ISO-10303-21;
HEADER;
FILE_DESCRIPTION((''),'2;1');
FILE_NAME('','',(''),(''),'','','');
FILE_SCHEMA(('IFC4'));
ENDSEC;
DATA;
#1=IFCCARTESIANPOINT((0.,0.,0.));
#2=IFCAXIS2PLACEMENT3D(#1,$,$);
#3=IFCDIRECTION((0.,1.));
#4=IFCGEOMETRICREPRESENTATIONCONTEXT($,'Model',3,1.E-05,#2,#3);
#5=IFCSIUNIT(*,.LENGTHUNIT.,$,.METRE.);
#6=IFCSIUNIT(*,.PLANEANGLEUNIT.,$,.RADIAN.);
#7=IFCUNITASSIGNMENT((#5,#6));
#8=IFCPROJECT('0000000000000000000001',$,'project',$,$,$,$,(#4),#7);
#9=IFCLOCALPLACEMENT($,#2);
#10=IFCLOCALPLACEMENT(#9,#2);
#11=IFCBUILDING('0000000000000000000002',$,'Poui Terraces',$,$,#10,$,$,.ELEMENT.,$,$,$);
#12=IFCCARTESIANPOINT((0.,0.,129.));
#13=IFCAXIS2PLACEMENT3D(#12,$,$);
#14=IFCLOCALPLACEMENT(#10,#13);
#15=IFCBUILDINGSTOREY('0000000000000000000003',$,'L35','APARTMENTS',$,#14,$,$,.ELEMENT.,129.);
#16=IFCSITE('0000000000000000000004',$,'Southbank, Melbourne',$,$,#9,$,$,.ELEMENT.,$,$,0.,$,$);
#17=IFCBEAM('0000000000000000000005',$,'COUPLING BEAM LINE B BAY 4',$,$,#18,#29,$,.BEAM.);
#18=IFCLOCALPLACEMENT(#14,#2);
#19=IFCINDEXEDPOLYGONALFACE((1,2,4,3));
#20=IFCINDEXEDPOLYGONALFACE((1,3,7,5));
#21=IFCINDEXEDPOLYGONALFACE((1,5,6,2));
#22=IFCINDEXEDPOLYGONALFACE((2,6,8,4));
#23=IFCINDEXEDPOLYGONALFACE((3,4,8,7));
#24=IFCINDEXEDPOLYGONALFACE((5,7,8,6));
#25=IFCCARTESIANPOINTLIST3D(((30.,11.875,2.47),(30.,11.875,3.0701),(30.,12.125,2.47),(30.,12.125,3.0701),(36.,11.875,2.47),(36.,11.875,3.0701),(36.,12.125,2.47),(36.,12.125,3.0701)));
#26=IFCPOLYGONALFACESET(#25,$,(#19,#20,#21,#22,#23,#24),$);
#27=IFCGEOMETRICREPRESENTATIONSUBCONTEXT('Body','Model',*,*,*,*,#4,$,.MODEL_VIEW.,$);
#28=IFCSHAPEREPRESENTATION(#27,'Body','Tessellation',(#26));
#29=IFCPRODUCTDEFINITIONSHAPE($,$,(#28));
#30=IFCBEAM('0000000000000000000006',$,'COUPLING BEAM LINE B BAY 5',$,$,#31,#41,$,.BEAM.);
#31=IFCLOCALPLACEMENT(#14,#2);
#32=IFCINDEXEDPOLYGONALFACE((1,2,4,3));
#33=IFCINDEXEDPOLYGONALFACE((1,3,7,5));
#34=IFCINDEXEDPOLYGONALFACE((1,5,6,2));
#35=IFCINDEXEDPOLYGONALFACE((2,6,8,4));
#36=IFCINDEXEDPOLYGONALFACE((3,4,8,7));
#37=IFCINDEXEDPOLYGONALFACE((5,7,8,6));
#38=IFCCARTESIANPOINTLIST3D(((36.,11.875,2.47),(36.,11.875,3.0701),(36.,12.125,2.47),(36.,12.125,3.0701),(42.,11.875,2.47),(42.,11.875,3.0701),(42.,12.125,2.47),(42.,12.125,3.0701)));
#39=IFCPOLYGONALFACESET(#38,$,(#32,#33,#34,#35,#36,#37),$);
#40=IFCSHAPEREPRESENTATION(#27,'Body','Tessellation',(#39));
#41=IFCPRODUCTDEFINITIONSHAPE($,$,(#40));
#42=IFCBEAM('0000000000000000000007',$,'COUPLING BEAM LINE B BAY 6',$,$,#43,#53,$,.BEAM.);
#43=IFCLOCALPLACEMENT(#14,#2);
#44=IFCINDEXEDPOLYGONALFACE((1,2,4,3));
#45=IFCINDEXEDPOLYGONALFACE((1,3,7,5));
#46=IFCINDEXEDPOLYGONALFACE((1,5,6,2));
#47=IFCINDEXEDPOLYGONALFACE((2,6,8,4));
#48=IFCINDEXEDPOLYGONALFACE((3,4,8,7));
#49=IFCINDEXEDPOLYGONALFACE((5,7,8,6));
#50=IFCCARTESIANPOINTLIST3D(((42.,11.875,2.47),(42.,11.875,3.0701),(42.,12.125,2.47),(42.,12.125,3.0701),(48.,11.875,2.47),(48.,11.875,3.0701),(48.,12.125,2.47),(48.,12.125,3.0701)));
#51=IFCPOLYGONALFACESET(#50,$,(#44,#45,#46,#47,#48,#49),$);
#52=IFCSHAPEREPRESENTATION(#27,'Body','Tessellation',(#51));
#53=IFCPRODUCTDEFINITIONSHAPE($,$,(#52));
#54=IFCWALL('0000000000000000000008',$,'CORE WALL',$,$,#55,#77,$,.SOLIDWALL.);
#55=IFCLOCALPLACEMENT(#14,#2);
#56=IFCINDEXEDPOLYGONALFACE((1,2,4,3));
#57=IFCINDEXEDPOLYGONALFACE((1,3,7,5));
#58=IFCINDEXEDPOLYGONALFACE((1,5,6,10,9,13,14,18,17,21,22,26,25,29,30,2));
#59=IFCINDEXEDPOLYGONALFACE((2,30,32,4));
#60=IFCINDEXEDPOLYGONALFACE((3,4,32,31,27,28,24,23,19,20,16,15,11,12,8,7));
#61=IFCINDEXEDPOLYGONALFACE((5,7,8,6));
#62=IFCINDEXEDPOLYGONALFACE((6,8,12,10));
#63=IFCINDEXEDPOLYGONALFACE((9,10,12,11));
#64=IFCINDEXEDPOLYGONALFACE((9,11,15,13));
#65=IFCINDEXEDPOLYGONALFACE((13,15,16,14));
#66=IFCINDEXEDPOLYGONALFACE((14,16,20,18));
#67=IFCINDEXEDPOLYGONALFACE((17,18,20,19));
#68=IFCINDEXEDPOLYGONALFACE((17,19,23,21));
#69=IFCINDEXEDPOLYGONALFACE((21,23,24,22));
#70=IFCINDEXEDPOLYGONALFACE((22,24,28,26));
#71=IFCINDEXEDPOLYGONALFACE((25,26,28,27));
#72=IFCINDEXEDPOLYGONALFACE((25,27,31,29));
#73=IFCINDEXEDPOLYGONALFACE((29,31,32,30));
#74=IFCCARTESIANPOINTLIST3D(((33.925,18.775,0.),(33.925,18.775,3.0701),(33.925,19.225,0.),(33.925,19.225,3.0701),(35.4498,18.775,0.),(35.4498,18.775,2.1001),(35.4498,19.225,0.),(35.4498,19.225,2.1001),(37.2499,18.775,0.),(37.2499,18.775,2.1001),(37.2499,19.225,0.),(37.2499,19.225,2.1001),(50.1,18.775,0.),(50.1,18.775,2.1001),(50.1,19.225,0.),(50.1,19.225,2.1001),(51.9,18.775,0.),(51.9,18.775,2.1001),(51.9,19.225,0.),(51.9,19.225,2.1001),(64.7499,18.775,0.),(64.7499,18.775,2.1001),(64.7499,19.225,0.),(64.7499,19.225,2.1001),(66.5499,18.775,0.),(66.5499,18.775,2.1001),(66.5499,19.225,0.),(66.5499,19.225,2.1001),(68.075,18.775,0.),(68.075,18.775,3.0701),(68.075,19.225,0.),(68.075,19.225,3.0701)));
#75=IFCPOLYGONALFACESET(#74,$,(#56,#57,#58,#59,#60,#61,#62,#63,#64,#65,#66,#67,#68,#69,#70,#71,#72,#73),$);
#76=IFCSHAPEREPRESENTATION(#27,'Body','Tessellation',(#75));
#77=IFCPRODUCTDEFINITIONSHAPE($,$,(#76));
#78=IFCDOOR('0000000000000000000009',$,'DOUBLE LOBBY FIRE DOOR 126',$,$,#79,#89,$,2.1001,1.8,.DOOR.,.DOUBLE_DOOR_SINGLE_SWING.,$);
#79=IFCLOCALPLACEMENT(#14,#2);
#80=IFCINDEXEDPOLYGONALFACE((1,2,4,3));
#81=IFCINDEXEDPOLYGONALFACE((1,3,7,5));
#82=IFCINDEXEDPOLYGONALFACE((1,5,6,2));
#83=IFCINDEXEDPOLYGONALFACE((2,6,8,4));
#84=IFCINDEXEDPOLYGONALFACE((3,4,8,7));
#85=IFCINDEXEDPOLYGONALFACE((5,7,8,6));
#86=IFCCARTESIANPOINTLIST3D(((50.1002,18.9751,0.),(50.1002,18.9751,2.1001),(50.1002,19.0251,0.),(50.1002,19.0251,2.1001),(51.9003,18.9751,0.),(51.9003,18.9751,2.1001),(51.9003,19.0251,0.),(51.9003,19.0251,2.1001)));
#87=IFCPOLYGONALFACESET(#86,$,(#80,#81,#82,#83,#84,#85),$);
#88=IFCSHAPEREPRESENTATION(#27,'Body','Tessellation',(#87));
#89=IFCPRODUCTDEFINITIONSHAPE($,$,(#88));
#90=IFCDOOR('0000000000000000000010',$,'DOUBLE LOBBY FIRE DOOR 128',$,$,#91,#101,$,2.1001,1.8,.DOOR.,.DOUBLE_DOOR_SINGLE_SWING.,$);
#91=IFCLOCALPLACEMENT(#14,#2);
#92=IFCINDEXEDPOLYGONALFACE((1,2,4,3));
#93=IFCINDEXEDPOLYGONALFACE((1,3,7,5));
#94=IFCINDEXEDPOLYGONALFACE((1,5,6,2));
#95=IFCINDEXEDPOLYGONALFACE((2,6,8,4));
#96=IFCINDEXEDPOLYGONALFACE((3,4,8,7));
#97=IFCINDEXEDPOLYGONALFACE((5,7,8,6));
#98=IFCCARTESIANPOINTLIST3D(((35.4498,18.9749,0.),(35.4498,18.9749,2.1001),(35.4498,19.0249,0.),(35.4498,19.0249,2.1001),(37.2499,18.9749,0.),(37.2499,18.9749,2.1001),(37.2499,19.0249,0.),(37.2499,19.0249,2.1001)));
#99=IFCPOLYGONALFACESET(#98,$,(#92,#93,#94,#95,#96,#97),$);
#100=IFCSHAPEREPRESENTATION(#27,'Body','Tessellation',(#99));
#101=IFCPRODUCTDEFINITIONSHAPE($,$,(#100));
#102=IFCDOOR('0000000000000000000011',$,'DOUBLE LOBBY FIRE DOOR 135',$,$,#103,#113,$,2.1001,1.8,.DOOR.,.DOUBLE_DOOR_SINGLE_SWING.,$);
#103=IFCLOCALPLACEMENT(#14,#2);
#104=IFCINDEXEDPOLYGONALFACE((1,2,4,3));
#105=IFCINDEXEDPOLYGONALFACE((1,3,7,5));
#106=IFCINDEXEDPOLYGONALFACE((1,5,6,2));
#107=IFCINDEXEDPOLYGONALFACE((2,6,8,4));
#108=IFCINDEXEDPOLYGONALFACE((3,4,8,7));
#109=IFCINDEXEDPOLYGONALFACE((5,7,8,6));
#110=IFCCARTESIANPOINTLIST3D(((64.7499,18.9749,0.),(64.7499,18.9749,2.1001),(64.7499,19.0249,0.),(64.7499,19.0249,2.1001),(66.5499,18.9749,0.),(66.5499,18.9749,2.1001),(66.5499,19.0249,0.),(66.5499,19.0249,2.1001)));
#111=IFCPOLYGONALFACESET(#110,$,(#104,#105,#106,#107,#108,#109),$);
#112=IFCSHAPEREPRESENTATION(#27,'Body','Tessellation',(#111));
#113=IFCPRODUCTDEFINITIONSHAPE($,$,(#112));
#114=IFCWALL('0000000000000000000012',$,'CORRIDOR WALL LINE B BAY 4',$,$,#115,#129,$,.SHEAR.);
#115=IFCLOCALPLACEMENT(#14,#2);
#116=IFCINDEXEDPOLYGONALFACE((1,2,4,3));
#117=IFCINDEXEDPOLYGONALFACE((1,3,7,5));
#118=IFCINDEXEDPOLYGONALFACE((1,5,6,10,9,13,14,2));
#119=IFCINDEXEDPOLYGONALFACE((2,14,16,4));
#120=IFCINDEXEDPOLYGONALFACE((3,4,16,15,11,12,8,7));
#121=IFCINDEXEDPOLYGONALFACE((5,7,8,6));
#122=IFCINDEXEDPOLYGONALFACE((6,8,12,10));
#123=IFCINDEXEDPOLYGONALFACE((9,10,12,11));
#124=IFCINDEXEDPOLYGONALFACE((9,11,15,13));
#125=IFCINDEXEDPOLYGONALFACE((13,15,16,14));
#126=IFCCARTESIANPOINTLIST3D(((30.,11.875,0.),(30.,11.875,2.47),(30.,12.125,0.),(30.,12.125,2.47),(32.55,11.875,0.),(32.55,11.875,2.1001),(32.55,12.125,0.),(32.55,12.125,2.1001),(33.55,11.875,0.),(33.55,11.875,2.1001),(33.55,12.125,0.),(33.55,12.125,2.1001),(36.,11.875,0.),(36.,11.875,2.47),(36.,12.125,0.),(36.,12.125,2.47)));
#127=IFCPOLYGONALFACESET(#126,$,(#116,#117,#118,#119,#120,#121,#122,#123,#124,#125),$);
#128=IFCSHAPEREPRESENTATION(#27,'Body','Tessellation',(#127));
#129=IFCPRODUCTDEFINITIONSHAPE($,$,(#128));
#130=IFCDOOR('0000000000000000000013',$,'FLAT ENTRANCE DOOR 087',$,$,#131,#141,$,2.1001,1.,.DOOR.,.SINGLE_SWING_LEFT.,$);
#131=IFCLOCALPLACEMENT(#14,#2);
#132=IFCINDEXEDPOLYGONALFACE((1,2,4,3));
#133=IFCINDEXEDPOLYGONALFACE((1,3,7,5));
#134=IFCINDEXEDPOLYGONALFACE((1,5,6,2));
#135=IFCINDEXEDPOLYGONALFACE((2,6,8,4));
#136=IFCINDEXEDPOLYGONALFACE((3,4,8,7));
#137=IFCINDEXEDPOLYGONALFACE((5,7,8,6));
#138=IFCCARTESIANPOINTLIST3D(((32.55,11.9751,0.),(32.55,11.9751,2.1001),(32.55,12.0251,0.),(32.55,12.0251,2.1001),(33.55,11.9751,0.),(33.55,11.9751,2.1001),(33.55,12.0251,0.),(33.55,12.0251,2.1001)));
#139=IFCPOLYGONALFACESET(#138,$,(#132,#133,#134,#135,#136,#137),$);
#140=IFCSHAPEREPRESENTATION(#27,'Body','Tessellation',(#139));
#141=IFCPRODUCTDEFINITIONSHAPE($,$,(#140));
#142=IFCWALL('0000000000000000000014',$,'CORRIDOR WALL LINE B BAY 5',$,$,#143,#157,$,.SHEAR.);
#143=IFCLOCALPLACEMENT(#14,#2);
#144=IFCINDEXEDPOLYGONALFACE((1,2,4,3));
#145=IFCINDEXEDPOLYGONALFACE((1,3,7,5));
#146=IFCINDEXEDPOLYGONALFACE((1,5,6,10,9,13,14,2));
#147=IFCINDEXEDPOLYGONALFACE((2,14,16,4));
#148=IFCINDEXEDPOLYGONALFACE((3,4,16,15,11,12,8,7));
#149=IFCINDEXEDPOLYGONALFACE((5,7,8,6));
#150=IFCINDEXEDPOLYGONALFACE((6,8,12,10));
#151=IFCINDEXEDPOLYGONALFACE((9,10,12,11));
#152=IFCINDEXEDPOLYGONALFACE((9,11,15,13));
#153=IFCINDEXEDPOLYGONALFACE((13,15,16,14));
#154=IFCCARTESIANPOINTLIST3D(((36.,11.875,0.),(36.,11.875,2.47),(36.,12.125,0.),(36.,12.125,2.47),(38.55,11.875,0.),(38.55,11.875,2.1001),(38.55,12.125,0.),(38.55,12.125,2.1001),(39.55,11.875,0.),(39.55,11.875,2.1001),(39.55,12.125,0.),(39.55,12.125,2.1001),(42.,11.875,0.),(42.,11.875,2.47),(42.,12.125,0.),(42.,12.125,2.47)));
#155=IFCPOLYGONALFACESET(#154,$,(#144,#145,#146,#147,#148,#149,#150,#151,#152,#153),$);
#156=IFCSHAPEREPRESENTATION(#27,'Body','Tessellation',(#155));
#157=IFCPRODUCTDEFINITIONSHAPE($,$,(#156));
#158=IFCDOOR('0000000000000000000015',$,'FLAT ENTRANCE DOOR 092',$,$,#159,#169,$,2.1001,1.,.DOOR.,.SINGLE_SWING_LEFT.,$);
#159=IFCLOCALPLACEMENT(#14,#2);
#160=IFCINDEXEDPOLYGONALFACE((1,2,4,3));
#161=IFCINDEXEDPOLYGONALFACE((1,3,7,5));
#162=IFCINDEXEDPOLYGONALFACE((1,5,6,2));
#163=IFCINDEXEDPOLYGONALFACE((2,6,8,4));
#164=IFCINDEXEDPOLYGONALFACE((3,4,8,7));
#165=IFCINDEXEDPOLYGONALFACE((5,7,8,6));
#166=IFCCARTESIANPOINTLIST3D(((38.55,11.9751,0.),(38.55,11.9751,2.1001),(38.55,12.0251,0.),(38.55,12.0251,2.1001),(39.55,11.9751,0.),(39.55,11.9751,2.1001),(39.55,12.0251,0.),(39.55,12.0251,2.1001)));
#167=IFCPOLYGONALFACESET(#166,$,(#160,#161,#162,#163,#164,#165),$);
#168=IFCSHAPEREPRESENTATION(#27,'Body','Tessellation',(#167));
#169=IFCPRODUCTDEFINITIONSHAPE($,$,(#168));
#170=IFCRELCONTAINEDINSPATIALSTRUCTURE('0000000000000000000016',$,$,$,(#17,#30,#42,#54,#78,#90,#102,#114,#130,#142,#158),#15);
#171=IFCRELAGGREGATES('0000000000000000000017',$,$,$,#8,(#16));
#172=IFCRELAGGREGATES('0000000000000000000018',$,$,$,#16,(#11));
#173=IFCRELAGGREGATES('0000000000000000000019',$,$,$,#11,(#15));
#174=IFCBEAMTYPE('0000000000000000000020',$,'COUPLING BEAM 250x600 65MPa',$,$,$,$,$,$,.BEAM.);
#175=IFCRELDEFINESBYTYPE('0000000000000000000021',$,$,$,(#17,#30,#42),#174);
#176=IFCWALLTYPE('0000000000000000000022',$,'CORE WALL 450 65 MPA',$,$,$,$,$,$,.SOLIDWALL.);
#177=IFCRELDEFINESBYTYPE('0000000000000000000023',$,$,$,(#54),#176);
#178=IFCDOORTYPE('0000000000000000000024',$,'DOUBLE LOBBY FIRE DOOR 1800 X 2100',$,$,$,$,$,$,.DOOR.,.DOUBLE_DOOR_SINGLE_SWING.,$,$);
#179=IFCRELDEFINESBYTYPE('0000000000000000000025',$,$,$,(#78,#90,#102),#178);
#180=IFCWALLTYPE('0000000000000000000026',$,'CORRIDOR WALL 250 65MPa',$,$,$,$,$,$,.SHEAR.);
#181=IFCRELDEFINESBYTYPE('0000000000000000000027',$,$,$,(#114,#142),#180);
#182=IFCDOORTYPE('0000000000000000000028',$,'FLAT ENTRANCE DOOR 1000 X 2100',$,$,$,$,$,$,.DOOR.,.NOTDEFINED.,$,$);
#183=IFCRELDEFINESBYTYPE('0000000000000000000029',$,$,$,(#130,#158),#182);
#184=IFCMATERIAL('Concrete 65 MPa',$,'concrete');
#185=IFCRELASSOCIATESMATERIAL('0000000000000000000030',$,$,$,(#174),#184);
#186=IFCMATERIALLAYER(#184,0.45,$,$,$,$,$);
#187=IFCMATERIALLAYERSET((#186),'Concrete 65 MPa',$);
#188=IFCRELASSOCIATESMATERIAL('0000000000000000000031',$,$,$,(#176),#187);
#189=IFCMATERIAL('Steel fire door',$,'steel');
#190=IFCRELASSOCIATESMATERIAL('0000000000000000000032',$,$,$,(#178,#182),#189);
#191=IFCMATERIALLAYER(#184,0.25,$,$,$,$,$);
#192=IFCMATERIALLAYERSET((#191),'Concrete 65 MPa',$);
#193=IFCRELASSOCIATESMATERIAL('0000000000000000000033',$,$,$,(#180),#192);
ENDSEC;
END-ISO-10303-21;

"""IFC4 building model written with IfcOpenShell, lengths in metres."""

from ifc_helpers import new_model, si_unit, direction, frame, frame_2d, origin, origin_2d, place, context, subcontext, project, spatial, rectangle, extrude, source, transform, mapped, material, layer, layer_set, material_profile, profile_set, type_object, element, fill, save


model = new_model("IFC4")

# Units and contexts
model_context = context("Model", 3, precision=1e-05, world=origin(), true_north=direction((0.0, 1.0)))
body_context = subcontext(model_context, "Body", "Model", "MODEL_VIEW")
ifc_project = project(units=[si_unit("LENGTHUNIT", "METRE"), si_unit("PLANEANGLEUNIT", "RADIAN")], contexts=[model_context])

# Site, building, storey
site_placement = place(None, origin())
site = spatial("IfcSite", under=ifc_project, at=site_placement, Name="Southbank, Melbourne", CompositionType="ELEMENT", RefElevation=0.0)
building_placement = place(site_placement, origin())
building = spatial("IfcBuilding", under=site, at=building_placement, Name="Poui Terraces", CompositionType="ELEMENT")
storey_placement = place(building_placement, frame((0.0, 0.0, 129.0)))
storey = spatial("IfcBuildingStorey", under=building, at=storey_placement, Name="L35", Description="APARTMENTS", CompositionType="ELEMENT", Elevation=129.0)

# Beams
ifc_material_1 = material(Name="Concrete 65 MPa", Category="concrete")
ifc_material_profile = material_profile(ifc_material_1, rectangle(XDim=0.25, YDim=0.6001, at=origin_2d()), Name="RC 250x600")
ifc_profile_set = profile_set([ifc_material_profile], Name="Concrete 65 MPa")
beam_type = type_object("IfcBeamType", Name="COUPLING BEAM 250x600 65MPa", PredefinedType="BEAM", material=ifc_profile_set)
shared_shape = source(origin(), body_context, "Body", "SweptSolid", [
    extrude(rectangle(XDim=0.25, YDim=0.6001, at=origin_2d()), origin(), (0.0, 0.0, 1.0), 6.0),
])
for number, where, z_axis, x_axis, name in (
    (1, (30.0, 12.0, 2.77), (1.0, 0.0, 0.0), (0.0, 1.0, 0.0), "COUPLING BEAM LINE B BAY 4"),
    (2, (36.0, 12.0, 2.77), (1.0, 0.0, 0.0), (0.0, 1.0, 0.0), "COUPLING BEAM LINE B BAY 5"),
    (3, (42.0, 12.0, 2.77), (1.0, 0.0, 0.0), (0.0, 1.0, 0.0), "COUPLING BEAM LINE B BAY 6"),
):
    element("IfcBeam", number, at=place(storey_placement, frame(where, z_axis=z_axis, x_axis=x_axis)), inside=storey, type_object=beam_type, Name=name, PredefinedType="BEAM", context=body_context, shape_type="MappedRepresentation", body=[
        mapped(shared_shape, transform((0.0, 0.0, 0.0))),
    ])

# Wall, openings, doors
ifc_layer_1 = layer(ifc_material_1, 0.45)
ifc_layer_set_1 = layer_set([ifc_layer_1], Name="Concrete 65 MPa")
wall_type_1 = type_object("IfcWallType", Name="CORE WALL 450 65 MPA", PredefinedType="SOLIDWALL", material=ifc_layer_set_1)
wall_1_placement = place(storey_placement, frame((33.925, 19.0, 0.0), z_axis=(0.0, 0.0, 1.0), x_axis=(1.0, 0.0, 0.0)))
wall_1 = element("IfcWall", 4, at=wall_1_placement, inside=storey, type_object=wall_type_1, Name="CORE WALL", PredefinedType="SOLIDWALL", context=body_context, shape_type="SweptSolid", body=[
    extrude(rectangle(XDim=34.1499, YDim=0.45, at=frame_2d((17.075, 0.0))), origin(), (0.0, 0.0, 1.0), 3.0701),
])
opening_1_placement = place(wall_1_placement, frame((16.175, 0.0, 0.0)))
opening_1 = element("IfcOpeningElement", 5, at=opening_1_placement, cuts=wall_1, PredefinedType="OPENING", context=body_context, shape_type="SweptSolid", body=[
    extrude(rectangle(XDim=1.8, YDim=2.1001, at=frame_2d((0.8999, 1.05))), frame((0.0, 0.2349, 0.0), z_axis=(0.0, -1.0, 0.0), x_axis=(1.0, 0.0, 0.0)), (0.0, 0.0, 1.0), 0.47),
])
opening_2_placement = place(wall_1_placement, frame((1.5249, 0.0, 0.0)))
opening_2 = element("IfcOpeningElement", 6, at=opening_2_placement, cuts=wall_1, PredefinedType="OPENING", context=body_context, shape_type="SweptSolid", body=[
    extrude(rectangle(XDim=1.8, YDim=2.1001, at=frame_2d((0.8999, 1.05))), frame((0.0, 0.2349, 0.0), z_axis=(0.0, -1.0, 0.0), x_axis=(1.0, 0.0, 0.0)), (0.0, 0.0, 1.0), 0.47),
])
opening_3_placement = place(wall_1_placement, frame((30.825, 0.0, 0.0)))
opening_3 = element("IfcOpeningElement", 7, at=opening_3_placement, cuts=wall_1, PredefinedType="OPENING", context=body_context, shape_type="SweptSolid", body=[
    extrude(rectangle(XDim=1.8, YDim=2.1001, at=frame_2d((0.8999, 1.05))), frame((0.0, 0.2349, 0.0), z_axis=(0.0, -1.0, 0.0), x_axis=(1.0, 0.0, 0.0)), (0.0, 0.0, 1.0), 0.47),
])
ifc_material_2 = material(Name="Steel fire door", Category="steel")
door_type_1 = type_object("IfcDoorType", Name="DOUBLE LOBBY FIRE DOOR 1800 X 2100", OperationType="DOUBLE_DOOR_SINGLE_SWING", PredefinedType="DOOR", material=ifc_material_2)
door_1_placement = place(opening_1_placement, frame((1.8, 0.0, 0.0), z_axis=(0.0, 0.0, 1.0), x_axis=(-1.0, 0.0, 0.0)))
door_1 = element("IfcDoor", 8, at=door_1_placement, inside=storey, type_object=door_type_1, Name="DOUBLE LOBBY FIRE DOOR 126", OperationType="DOUBLE_DOOR_SINGLE_SWING", OverallHeight=2.1001, OverallWidth=1.8, PredefinedType="DOOR", context=body_context, shape_type="SweptSolid", body=[
    extrude(rectangle(XDim=1.8, YDim=2.1001, at=frame_2d((0.8999, 1.05))), frame((0.0, 0.0249, 0.0), z_axis=(0.0, -1.0, 0.0), x_axis=(1.0, 0.0, 0.0)), (0.0, 0.0, 1.0), 0.05),
])
fill(opening_1, door_1)
door_2_placement = place(opening_2_placement, origin())
door_2 = element("IfcDoor", 9, at=door_2_placement, inside=storey, type_object=door_type_1, Name="DOUBLE LOBBY FIRE DOOR 128", OperationType="DOUBLE_DOOR_SINGLE_SWING", OverallHeight=2.1001, OverallWidth=1.8, PredefinedType="DOOR", context=body_context, shape_type="SweptSolid", body=[
    extrude(rectangle(XDim=1.8, YDim=2.1001, at=frame_2d((0.8999, 1.05))), frame((0.0, 0.0249, 0.0), z_axis=(0.0, -1.0, 0.0), x_axis=(1.0, 0.0, 0.0)), (0.0, 0.0, 1.0), 0.05),
])
fill(opening_2, door_2)
door_3_placement = place(opening_3_placement, origin())
door_3 = element("IfcDoor", 10, at=door_3_placement, inside=storey, type_object=door_type_1, Name="DOUBLE LOBBY FIRE DOOR 135", OperationType="DOUBLE_DOOR_SINGLE_SWING", OverallHeight=2.1001, OverallWidth=1.8, PredefinedType="DOOR", context=body_context, shape_type="SweptSolid", body=[
    extrude(rectangle(XDim=1.8, YDim=2.1001, at=frame_2d((0.8999, 1.05))), frame((0.0, 0.0249, 0.0), z_axis=(0.0, -1.0, 0.0), x_axis=(1.0, 0.0, 0.0)), (0.0, 0.0, 1.0), 0.05),
])
fill(opening_3, door_3)

# Walls, openings, doors
ifc_layer_2 = layer(ifc_material_1, 0.25)
ifc_layer_set_2 = layer_set([ifc_layer_2], Name="Concrete 65 MPa")
wall_type_2 = type_object("IfcWallType", Name="CORRIDOR WALL 250 65MPa", PredefinedType="SHEAR", material=ifc_layer_set_2)
wall_2_placement = place(storey_placement, frame((30.0, 12.0, 0.0), z_axis=(0.0, 0.0, 1.0), x_axis=(1.0, 0.0, 0.0)))
wall_2 = element("IfcWall", 11, at=wall_2_placement, inside=storey, type_object=wall_type_2, Name="CORRIDOR WALL LINE B BAY 4", PredefinedType="SHEAR", context=body_context, shape_type="SweptSolid", body=[
    extrude(rectangle(XDim=6.0, YDim=0.25, at=frame_2d((3.0, 0.0))), origin(), (0.0, 0.0, 1.0), 2.47),
])
opening_4_placement = place(wall_2_placement, frame((2.55, 0.0, 0.0)))
opening_4 = element("IfcOpeningElement", 12, at=opening_4_placement, cuts=wall_2, PredefinedType="OPENING", context=body_context, shape_type="SweptSolid", body=[
    extrude(rectangle(XDim=1.0, YDim=2.1001, at=frame_2d((0.5, 1.05))), frame((0.0, 0.135, 0.0), z_axis=(0.0, -1.0, 0.0), x_axis=(1.0, 0.0, 0.0)), (0.0, 0.0, 1.0), 0.27),
])
door_type_2 = type_object("IfcDoorType", Name="FLAT ENTRANCE DOOR 1000 X 2100", OperationType="NOTDEFINED", PredefinedType="DOOR", material=ifc_material_2)
door_4_placement = place(opening_4_placement, frame((1.0, 0.0, 0.0), z_axis=(0.0, 0.0, 1.0), x_axis=(-1.0, 0.0, 0.0)))
door_4 = element("IfcDoor", 13, at=door_4_placement, inside=storey, type_object=door_type_2, Name="FLAT ENTRANCE DOOR 087", OperationType="SINGLE_SWING_LEFT", OverallHeight=2.1001, OverallWidth=1.0, PredefinedType="DOOR", context=body_context, shape_type="SweptSolid", body=[
    extrude(rectangle(XDim=1.0, YDim=2.1001, at=frame_2d((0.5, 1.05))), frame((0.0, 0.0249, 0.0), z_axis=(0.0, -1.0, 0.0), x_axis=(1.0, 0.0, 0.0)), (0.0, 0.0, 1.0), 0.05),
])
fill(opening_4, door_4)
wall_3_placement = place(storey_placement, frame((36.0, 12.0, 0.0), z_axis=(0.0, 0.0, 1.0), x_axis=(1.0, 0.0, 0.0)))
wall_3 = element("IfcWall", 14, at=wall_3_placement, inside=storey, type_object=wall_type_2, Name="CORRIDOR WALL LINE B BAY 5", PredefinedType="SHEAR", context=body_context, shape_type="SweptSolid", body=[
    extrude(rectangle(XDim=6.0, YDim=0.25, at=frame_2d((3.0, 0.0))), origin(), (0.0, 0.0, 1.0), 2.47),
])
opening_5_placement = place(wall_3_placement, frame((2.55, 0.0, 0.0)))
opening_5 = element("IfcOpeningElement", 15, at=opening_5_placement, cuts=wall_3, PredefinedType="OPENING", context=body_context, shape_type="SweptSolid", body=[
    extrude(rectangle(XDim=1.0, YDim=2.1001, at=frame_2d((0.5, 1.05))), frame((0.0, 0.135, 0.0), z_axis=(0.0, -1.0, 0.0), x_axis=(1.0, 0.0, 0.0)), (0.0, 0.0, 1.0), 0.27),
])
door_5_placement = place(opening_5_placement, frame((1.0, 0.0, 0.0), z_axis=(0.0, 0.0, 1.0), x_axis=(-1.0, 0.0, 0.0)))
door_5 = element("IfcDoor", 16, at=door_5_placement, inside=storey, type_object=door_type_2, Name="FLAT ENTRANCE DOOR 092", OperationType="SINGLE_SWING_LEFT", OverallHeight=2.1001, OverallWidth=1.0, PredefinedType="DOOR", context=body_context, shape_type="SweptSolid", body=[
    extrude(rectangle(XDim=1.0, YDim=2.1001, at=frame_2d((0.5, 1.05))), frame((0.0, 0.0249, 0.0), z_axis=(0.0, -1.0, 0.0), x_axis=(1.0, 0.0, 0.0)), (0.0, 0.0, 1.0), 0.05),
])
fill(opening_5, door_5)

save(model, "model.ifc")
